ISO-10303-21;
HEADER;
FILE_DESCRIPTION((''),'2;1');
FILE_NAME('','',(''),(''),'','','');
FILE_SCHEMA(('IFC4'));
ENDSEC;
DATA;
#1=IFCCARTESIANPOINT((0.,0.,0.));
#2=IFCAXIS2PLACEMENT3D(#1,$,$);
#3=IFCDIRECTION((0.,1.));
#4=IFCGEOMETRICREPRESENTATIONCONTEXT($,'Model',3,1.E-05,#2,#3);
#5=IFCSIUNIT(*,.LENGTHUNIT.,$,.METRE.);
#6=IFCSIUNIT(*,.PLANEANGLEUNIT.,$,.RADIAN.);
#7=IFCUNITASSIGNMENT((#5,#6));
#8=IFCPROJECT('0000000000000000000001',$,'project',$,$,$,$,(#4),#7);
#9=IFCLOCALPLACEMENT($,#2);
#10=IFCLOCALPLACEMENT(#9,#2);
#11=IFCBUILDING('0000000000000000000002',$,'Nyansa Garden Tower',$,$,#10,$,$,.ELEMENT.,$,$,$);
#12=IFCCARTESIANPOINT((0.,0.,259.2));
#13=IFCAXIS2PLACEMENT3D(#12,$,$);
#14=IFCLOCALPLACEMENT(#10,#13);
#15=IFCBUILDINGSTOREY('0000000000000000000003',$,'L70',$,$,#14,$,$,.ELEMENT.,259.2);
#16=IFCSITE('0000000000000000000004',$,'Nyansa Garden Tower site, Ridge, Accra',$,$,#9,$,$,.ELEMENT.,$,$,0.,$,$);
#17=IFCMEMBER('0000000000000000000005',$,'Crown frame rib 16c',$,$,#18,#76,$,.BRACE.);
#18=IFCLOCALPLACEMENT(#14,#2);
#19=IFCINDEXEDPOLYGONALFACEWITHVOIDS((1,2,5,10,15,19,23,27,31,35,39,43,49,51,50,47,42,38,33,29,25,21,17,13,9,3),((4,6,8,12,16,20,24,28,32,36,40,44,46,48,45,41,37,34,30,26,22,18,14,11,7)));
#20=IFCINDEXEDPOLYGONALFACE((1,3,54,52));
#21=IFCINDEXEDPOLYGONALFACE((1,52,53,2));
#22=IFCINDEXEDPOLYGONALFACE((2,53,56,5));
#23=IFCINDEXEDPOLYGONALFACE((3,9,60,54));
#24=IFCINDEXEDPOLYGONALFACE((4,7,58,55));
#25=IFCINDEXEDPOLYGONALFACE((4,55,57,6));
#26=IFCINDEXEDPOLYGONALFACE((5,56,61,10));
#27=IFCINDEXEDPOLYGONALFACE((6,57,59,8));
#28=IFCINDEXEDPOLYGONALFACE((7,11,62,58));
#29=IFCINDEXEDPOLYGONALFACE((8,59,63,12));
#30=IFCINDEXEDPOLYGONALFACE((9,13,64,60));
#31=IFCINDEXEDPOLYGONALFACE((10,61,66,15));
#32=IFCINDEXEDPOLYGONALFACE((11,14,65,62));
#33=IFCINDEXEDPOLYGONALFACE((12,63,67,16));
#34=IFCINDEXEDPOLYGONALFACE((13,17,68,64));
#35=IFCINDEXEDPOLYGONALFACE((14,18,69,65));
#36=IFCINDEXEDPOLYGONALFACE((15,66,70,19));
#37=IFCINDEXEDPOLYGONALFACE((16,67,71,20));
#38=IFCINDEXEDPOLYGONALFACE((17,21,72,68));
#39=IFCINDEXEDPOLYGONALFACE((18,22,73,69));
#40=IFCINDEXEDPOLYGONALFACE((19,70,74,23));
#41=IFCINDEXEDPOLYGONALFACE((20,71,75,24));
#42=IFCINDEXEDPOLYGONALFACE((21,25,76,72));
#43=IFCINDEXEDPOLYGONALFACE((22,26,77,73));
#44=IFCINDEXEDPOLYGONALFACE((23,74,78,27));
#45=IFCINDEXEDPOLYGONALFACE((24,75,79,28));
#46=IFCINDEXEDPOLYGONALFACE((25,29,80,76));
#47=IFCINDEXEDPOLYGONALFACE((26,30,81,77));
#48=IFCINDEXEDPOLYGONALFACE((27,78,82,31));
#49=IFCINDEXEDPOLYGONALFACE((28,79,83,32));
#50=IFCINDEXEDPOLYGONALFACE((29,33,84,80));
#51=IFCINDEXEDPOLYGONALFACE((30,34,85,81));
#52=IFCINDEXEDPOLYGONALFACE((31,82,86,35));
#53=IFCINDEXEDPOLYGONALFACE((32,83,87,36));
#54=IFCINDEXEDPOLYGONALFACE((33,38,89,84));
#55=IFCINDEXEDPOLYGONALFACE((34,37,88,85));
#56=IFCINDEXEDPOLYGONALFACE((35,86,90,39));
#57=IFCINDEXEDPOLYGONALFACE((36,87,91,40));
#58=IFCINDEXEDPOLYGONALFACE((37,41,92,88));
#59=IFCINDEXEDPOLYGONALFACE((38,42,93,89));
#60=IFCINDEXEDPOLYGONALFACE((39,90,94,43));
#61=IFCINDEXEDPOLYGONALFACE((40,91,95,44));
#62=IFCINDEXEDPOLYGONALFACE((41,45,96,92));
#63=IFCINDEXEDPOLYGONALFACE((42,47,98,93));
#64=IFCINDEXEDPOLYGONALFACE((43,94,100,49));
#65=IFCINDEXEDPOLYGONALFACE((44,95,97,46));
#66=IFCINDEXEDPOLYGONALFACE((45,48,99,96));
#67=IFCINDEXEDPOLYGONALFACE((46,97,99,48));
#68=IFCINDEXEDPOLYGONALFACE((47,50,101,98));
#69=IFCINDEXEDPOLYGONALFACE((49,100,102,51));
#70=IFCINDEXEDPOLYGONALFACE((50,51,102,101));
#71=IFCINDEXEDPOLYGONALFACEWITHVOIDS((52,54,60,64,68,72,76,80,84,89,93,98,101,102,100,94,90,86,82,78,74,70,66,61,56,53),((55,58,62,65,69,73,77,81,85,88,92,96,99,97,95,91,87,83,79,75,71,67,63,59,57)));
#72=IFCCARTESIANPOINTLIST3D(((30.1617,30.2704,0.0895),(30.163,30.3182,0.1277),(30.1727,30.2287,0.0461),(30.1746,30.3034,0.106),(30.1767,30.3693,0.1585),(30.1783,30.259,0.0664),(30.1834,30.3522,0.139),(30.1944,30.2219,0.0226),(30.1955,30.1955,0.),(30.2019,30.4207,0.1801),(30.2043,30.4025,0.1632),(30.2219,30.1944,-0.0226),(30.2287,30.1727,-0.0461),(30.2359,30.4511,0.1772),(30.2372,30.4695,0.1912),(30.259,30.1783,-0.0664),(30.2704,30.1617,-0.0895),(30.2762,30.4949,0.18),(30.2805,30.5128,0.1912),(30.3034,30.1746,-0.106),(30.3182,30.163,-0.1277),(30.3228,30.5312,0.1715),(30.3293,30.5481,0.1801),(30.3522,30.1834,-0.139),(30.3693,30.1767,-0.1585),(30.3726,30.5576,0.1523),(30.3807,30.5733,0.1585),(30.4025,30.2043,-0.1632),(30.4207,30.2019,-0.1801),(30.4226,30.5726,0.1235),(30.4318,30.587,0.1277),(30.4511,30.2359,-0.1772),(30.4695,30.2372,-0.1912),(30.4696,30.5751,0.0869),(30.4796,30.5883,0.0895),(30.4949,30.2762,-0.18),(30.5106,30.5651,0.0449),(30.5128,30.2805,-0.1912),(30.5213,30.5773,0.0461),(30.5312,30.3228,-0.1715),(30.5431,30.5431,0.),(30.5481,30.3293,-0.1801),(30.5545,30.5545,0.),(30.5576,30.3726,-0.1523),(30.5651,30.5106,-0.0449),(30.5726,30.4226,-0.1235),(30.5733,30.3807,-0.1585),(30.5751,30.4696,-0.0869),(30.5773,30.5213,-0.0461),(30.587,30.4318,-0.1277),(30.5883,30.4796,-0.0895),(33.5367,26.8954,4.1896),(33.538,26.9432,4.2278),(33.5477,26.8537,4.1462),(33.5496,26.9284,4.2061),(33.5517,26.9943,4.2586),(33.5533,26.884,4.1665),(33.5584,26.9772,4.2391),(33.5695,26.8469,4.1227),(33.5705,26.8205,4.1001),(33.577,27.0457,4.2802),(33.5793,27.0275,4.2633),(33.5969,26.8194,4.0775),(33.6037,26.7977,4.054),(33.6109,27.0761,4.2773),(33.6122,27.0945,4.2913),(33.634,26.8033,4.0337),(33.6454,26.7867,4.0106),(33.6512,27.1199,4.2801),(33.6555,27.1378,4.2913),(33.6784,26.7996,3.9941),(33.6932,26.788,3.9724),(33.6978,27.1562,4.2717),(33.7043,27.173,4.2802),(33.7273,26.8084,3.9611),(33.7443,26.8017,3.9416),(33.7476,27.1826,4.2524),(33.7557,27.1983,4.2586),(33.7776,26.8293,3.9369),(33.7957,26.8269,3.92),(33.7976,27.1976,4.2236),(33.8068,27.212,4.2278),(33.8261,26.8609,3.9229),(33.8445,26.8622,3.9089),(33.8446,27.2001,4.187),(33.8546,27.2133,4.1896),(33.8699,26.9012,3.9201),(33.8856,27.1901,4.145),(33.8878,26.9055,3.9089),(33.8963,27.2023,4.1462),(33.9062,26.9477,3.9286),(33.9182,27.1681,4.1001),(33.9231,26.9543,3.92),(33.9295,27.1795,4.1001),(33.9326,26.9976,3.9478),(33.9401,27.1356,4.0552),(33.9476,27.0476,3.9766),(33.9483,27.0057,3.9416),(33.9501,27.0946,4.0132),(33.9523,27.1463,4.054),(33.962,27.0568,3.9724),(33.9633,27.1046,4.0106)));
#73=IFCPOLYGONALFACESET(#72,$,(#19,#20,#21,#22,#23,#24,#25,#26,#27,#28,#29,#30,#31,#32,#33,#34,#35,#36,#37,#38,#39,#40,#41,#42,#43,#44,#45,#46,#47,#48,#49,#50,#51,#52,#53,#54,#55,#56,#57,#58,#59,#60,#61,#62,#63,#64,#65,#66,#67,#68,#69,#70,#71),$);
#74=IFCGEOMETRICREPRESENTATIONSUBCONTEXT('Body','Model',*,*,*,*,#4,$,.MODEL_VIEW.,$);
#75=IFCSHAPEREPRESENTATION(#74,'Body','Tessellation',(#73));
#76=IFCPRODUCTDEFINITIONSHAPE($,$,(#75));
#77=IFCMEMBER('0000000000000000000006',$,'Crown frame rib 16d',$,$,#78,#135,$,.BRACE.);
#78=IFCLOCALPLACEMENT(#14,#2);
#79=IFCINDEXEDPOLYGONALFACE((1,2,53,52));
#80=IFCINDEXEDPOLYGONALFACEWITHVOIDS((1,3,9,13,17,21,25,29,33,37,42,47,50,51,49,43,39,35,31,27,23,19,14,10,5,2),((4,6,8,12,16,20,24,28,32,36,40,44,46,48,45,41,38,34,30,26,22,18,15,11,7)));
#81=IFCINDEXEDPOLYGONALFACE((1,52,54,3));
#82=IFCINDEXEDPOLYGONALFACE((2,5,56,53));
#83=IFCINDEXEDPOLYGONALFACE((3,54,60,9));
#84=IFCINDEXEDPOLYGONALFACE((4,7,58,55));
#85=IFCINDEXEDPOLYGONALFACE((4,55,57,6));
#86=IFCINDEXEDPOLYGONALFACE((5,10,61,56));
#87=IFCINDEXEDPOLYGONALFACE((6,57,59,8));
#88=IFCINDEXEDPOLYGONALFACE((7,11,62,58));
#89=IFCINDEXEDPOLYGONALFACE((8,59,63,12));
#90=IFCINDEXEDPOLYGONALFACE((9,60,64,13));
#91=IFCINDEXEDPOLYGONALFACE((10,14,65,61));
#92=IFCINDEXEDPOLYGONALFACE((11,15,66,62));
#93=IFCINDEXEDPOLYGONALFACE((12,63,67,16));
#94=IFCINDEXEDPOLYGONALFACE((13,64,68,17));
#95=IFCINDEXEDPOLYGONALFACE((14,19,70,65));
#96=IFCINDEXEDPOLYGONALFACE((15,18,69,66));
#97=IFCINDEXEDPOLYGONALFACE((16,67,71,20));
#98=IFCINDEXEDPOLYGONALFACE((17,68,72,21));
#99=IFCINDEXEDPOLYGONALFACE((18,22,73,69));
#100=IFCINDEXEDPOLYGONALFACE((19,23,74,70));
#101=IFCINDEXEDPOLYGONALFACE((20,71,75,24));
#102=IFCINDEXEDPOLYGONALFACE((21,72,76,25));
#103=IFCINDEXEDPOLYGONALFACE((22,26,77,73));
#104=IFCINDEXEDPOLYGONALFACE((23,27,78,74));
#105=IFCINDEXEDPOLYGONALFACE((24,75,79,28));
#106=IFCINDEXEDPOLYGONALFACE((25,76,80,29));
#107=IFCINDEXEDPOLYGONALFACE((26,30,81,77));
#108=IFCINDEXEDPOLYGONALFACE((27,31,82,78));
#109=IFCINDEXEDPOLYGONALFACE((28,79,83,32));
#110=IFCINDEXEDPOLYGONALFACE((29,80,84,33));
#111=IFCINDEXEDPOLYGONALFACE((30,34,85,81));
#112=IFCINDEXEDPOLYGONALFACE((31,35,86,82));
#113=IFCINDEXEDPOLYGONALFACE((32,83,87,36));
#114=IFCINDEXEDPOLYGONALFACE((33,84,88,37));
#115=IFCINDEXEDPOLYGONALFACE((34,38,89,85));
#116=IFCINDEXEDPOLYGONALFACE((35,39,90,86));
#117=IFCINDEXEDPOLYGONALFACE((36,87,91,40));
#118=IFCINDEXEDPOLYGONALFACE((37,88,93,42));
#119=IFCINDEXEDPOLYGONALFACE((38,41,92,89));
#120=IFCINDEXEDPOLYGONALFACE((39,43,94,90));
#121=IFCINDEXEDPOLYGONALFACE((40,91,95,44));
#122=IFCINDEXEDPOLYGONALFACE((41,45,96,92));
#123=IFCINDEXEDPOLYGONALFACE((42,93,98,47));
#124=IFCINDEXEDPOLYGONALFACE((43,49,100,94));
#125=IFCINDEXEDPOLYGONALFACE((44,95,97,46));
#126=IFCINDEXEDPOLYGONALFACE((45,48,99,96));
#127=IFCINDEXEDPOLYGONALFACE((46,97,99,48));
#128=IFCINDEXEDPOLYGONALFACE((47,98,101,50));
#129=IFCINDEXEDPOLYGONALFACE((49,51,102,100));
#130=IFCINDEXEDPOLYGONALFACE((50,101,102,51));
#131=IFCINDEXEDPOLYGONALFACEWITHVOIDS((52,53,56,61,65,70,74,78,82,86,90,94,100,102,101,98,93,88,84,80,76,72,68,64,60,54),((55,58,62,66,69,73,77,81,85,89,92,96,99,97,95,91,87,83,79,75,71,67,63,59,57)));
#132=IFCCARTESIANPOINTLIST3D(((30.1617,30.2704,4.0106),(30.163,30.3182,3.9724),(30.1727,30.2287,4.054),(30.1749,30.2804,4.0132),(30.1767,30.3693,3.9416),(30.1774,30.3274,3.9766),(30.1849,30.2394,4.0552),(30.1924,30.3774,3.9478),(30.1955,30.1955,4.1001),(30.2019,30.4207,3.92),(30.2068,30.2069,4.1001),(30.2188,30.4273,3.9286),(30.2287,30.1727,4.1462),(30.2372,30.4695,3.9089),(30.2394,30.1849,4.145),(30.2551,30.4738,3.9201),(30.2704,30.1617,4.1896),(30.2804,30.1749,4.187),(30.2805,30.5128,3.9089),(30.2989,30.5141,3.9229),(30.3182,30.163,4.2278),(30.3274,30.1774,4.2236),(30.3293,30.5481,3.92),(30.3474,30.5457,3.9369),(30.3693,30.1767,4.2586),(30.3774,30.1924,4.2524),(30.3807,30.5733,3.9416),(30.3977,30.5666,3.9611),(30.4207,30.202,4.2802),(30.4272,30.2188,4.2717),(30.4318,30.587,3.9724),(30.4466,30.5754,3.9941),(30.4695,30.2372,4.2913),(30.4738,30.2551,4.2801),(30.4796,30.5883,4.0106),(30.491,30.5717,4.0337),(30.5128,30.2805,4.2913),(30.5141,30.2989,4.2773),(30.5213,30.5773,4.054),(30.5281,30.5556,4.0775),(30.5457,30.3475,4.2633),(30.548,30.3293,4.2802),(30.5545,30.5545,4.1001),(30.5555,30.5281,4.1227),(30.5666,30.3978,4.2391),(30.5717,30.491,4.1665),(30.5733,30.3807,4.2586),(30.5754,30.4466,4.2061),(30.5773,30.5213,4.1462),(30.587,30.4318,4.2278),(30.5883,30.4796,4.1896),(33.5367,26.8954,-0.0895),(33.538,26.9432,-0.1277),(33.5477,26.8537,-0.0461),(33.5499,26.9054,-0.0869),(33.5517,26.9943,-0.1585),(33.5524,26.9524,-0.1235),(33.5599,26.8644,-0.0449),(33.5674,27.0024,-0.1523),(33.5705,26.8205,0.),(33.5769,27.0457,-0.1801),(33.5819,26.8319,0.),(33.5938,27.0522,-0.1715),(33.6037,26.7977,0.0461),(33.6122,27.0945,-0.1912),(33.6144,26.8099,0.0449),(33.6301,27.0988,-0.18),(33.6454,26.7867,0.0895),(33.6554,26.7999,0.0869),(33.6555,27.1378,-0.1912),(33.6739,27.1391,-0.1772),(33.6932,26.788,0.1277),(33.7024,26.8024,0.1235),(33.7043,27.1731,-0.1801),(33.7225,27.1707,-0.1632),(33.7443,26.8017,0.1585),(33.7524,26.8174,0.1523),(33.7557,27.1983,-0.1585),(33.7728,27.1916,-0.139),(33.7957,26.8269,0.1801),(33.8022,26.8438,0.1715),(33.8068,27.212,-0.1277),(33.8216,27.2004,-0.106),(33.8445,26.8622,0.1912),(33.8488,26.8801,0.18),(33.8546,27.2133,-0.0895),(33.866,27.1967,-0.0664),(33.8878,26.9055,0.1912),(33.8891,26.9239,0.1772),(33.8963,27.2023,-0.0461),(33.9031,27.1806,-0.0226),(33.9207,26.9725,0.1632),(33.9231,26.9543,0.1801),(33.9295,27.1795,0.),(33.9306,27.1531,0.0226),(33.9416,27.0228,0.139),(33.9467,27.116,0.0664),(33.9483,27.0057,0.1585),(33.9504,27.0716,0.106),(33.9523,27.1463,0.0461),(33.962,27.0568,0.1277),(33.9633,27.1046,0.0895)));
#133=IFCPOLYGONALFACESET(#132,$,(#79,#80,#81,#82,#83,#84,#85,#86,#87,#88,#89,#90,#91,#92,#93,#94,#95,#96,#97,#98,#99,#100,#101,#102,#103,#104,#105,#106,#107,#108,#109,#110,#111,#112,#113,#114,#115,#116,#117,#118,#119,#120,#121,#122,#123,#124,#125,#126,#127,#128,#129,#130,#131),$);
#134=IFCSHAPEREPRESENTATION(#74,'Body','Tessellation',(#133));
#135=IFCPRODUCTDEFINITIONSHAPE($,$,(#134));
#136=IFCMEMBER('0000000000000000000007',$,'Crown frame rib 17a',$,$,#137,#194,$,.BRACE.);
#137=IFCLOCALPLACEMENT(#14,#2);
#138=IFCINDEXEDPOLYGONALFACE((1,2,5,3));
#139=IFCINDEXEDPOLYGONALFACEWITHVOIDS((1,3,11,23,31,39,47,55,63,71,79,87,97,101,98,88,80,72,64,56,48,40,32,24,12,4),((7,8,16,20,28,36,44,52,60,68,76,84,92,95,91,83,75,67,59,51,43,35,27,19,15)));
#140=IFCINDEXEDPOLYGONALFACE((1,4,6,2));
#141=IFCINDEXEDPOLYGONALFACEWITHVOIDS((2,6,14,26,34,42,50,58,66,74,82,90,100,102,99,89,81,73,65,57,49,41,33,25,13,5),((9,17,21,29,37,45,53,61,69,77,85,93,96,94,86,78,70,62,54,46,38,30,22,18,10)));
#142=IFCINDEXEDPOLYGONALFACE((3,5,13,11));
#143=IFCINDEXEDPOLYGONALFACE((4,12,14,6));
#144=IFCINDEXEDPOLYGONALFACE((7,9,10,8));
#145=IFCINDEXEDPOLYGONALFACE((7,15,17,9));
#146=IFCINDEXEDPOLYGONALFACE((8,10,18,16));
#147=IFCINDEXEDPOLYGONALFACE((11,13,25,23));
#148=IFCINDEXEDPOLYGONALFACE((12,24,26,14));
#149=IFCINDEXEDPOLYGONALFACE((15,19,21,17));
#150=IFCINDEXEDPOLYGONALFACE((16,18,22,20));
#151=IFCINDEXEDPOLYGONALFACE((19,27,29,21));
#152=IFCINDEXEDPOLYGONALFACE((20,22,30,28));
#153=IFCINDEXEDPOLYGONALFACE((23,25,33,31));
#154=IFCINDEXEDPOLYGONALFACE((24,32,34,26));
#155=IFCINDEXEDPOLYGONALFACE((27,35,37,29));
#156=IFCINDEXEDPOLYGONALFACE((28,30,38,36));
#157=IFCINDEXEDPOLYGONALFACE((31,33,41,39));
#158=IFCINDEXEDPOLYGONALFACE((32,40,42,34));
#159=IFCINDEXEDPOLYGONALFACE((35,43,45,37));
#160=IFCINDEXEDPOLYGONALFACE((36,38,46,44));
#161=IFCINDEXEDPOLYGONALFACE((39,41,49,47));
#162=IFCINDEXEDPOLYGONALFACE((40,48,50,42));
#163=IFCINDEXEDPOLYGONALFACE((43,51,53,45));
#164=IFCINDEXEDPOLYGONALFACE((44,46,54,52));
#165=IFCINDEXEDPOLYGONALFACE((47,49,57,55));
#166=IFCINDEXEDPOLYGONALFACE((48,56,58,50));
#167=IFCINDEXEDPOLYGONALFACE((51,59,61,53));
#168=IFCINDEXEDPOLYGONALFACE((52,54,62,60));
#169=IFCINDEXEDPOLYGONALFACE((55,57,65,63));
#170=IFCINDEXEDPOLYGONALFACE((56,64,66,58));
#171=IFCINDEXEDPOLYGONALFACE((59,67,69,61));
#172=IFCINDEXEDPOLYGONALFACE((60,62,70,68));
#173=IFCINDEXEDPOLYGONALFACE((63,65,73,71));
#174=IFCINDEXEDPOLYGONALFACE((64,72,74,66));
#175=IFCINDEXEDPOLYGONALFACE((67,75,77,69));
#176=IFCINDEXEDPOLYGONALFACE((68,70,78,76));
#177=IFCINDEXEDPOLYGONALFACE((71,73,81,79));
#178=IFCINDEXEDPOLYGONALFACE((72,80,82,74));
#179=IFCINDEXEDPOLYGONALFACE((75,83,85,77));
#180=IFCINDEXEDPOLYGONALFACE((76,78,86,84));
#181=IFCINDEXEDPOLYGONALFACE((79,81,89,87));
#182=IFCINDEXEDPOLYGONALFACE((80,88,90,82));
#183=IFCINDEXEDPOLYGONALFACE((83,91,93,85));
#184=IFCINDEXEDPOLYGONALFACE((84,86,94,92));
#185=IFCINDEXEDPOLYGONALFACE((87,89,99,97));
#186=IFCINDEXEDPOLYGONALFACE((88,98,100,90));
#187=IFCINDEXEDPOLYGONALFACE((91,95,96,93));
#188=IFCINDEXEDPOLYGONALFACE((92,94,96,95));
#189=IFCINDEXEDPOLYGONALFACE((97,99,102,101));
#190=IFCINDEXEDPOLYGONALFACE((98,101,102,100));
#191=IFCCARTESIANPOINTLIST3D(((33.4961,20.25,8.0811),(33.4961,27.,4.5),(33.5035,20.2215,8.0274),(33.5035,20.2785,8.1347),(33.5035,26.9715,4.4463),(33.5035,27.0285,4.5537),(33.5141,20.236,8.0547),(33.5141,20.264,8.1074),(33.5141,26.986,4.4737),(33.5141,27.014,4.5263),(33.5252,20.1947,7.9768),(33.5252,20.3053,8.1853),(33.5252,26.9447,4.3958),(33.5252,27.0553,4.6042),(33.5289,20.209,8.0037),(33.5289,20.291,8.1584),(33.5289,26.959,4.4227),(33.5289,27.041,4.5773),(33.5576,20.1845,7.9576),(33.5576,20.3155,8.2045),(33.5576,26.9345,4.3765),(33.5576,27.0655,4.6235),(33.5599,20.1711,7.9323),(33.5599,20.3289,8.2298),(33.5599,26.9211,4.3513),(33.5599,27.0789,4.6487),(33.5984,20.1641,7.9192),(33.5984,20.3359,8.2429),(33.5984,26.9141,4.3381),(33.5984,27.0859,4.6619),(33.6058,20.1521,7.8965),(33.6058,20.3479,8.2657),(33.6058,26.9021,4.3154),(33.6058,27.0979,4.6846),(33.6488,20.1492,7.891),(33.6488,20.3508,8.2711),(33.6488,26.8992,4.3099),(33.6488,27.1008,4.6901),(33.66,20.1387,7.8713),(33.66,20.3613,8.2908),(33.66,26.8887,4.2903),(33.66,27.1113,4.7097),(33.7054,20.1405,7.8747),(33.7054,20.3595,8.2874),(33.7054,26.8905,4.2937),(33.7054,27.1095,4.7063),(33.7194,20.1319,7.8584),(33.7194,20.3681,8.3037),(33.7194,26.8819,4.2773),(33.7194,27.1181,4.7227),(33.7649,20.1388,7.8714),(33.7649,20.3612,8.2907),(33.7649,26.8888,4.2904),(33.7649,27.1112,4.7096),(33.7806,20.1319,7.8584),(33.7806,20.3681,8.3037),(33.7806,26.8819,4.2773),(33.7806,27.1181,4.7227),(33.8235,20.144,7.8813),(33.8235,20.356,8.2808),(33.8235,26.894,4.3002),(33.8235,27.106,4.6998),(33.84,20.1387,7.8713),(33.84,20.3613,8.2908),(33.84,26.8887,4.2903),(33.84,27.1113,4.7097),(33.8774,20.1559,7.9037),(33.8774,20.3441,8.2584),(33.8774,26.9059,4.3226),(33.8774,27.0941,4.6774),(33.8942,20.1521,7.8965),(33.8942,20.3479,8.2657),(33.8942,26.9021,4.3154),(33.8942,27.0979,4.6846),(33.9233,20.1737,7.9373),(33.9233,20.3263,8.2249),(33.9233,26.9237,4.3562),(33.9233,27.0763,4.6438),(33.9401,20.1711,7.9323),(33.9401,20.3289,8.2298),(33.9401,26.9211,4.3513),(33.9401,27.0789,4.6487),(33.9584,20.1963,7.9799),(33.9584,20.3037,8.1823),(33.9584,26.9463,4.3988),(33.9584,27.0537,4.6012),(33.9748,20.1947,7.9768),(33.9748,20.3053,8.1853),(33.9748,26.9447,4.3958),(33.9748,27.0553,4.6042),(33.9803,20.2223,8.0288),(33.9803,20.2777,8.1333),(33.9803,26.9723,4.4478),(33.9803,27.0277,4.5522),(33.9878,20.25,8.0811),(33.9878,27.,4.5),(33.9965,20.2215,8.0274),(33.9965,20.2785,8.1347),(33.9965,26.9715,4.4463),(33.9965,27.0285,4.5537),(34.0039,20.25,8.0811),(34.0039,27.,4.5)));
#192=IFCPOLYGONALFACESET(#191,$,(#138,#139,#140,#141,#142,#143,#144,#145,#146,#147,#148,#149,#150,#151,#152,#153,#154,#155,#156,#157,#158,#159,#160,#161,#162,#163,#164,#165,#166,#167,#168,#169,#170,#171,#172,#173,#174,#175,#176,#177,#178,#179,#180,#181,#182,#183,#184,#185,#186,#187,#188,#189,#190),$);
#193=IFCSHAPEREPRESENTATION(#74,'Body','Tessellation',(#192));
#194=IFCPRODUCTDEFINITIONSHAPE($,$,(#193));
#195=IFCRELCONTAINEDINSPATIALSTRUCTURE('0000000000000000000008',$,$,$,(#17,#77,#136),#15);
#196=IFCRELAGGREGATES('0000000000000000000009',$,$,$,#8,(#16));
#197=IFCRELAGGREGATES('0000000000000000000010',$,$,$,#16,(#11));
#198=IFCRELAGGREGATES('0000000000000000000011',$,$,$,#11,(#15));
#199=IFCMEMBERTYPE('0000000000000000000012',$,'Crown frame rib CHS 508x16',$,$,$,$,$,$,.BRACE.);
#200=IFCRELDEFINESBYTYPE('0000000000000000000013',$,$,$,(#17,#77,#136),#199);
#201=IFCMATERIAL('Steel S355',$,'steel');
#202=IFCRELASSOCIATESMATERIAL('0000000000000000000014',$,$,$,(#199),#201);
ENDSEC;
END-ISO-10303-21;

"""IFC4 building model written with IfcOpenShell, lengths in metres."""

from ifc_helpers import new_model, si_unit, direction, frame, origin, origin_2d, place, context, subcontext, project, spatial, hollow_circle, extrude, material, material_profile, profile_set, type_object, element, save


model = new_model("IFC4")

# Units and contexts
model_context = context("Model", 3, precision=1e-05, world=origin(), true_north=direction((0.0, 1.0)))
body_context = subcontext(model_context, "Body", "Model", "MODEL_VIEW")
ifc_project = project(units=[si_unit("LENGTHUNIT", "METRE"), si_unit("PLANEANGLEUNIT", "RADIAN")], contexts=[model_context])

# Site, building, storey
site_placement = place(None, origin())
site = spatial("IfcSite", under=ifc_project, at=site_placement, Name="Nyansa Garden Tower site, Ridge, Accra", CompositionType="ELEMENT", RefElevation=0.0)
building_placement = place(site_placement, origin())
building = spatial("IfcBuilding", under=site, at=building_placement, Name="Nyansa Garden Tower", CompositionType="ELEMENT")
storey_placement = place(building_placement, frame((0.0, 0.0, 259.2)))
storey = spatial("IfcBuildingStorey", under=building, at=storey_placement, Name="L70", CompositionType="ELEMENT", Elevation=259.2)

# Members
ifc_material_1 = material(Name="Steel S355", Category="steel")
ifc_material_profile_1 = material_profile(ifc_material_1, hollow_circle(Radius=0.2539, WallThickness=0.0161, at=origin_2d()), Name="CHS 508x16")
ifc_profile_set_1 = profile_set([ifc_material_profile_1], Name="Steel S355")
member_type = type_object("IfcMemberType", Name="Crown frame rib CHS 508x16", PredefinedType="BRACE", material=ifc_profile_set_1)
for number, where, z_axis, x_axis, name in (
    (1, (30.375, 30.375, 0.0), (0.536377, -0.536377, 0.651614), (0.707107, 0.707107, 0.0), "Crown frame rib 16c"),
    (2, (33.75, 27.0, 0.0), (-0.536377, 0.536377, 0.651614), (-0.707107, -0.707107, 0.0), "Crown frame rib 16d"),
):
    element("IfcMember", number, at=place(storey_placement, frame(where, z_axis=z_axis, x_axis=x_axis)), inside=storey, type_object=member_type, Name=name, PredefinedType="BRACE", context=body_context, shape_type="SweptSolid", body=[
        extrude(hollow_circle(Radius=0.2539, WallThickness=0.0161, at=origin_2d()), origin(), (0.0, 0.0, 1.0), 6.2922),
    ])
for number, where, z_axis, x_axis, name in (
    (3, (33.75, 27.0, 4.5), (0.0, -0.88338, 0.468657), (1.0, 0.0, 0.0), "Crown frame rib 17a"),
):
    element("IfcMember", number, at=place(storey_placement, frame(where, z_axis=z_axis, x_axis=x_axis)), inside=storey, type_object=member_type, Name=name, PredefinedType="BRACE", context=body_context, shape_type="SweptSolid", body=[
        extrude(hollow_circle(Radius=0.2539, WallThickness=0.0161, at=origin_2d()), origin(), (0.0, 0.0, 1.0), 7.6411),
    ])

save(model, "model.ifc")
